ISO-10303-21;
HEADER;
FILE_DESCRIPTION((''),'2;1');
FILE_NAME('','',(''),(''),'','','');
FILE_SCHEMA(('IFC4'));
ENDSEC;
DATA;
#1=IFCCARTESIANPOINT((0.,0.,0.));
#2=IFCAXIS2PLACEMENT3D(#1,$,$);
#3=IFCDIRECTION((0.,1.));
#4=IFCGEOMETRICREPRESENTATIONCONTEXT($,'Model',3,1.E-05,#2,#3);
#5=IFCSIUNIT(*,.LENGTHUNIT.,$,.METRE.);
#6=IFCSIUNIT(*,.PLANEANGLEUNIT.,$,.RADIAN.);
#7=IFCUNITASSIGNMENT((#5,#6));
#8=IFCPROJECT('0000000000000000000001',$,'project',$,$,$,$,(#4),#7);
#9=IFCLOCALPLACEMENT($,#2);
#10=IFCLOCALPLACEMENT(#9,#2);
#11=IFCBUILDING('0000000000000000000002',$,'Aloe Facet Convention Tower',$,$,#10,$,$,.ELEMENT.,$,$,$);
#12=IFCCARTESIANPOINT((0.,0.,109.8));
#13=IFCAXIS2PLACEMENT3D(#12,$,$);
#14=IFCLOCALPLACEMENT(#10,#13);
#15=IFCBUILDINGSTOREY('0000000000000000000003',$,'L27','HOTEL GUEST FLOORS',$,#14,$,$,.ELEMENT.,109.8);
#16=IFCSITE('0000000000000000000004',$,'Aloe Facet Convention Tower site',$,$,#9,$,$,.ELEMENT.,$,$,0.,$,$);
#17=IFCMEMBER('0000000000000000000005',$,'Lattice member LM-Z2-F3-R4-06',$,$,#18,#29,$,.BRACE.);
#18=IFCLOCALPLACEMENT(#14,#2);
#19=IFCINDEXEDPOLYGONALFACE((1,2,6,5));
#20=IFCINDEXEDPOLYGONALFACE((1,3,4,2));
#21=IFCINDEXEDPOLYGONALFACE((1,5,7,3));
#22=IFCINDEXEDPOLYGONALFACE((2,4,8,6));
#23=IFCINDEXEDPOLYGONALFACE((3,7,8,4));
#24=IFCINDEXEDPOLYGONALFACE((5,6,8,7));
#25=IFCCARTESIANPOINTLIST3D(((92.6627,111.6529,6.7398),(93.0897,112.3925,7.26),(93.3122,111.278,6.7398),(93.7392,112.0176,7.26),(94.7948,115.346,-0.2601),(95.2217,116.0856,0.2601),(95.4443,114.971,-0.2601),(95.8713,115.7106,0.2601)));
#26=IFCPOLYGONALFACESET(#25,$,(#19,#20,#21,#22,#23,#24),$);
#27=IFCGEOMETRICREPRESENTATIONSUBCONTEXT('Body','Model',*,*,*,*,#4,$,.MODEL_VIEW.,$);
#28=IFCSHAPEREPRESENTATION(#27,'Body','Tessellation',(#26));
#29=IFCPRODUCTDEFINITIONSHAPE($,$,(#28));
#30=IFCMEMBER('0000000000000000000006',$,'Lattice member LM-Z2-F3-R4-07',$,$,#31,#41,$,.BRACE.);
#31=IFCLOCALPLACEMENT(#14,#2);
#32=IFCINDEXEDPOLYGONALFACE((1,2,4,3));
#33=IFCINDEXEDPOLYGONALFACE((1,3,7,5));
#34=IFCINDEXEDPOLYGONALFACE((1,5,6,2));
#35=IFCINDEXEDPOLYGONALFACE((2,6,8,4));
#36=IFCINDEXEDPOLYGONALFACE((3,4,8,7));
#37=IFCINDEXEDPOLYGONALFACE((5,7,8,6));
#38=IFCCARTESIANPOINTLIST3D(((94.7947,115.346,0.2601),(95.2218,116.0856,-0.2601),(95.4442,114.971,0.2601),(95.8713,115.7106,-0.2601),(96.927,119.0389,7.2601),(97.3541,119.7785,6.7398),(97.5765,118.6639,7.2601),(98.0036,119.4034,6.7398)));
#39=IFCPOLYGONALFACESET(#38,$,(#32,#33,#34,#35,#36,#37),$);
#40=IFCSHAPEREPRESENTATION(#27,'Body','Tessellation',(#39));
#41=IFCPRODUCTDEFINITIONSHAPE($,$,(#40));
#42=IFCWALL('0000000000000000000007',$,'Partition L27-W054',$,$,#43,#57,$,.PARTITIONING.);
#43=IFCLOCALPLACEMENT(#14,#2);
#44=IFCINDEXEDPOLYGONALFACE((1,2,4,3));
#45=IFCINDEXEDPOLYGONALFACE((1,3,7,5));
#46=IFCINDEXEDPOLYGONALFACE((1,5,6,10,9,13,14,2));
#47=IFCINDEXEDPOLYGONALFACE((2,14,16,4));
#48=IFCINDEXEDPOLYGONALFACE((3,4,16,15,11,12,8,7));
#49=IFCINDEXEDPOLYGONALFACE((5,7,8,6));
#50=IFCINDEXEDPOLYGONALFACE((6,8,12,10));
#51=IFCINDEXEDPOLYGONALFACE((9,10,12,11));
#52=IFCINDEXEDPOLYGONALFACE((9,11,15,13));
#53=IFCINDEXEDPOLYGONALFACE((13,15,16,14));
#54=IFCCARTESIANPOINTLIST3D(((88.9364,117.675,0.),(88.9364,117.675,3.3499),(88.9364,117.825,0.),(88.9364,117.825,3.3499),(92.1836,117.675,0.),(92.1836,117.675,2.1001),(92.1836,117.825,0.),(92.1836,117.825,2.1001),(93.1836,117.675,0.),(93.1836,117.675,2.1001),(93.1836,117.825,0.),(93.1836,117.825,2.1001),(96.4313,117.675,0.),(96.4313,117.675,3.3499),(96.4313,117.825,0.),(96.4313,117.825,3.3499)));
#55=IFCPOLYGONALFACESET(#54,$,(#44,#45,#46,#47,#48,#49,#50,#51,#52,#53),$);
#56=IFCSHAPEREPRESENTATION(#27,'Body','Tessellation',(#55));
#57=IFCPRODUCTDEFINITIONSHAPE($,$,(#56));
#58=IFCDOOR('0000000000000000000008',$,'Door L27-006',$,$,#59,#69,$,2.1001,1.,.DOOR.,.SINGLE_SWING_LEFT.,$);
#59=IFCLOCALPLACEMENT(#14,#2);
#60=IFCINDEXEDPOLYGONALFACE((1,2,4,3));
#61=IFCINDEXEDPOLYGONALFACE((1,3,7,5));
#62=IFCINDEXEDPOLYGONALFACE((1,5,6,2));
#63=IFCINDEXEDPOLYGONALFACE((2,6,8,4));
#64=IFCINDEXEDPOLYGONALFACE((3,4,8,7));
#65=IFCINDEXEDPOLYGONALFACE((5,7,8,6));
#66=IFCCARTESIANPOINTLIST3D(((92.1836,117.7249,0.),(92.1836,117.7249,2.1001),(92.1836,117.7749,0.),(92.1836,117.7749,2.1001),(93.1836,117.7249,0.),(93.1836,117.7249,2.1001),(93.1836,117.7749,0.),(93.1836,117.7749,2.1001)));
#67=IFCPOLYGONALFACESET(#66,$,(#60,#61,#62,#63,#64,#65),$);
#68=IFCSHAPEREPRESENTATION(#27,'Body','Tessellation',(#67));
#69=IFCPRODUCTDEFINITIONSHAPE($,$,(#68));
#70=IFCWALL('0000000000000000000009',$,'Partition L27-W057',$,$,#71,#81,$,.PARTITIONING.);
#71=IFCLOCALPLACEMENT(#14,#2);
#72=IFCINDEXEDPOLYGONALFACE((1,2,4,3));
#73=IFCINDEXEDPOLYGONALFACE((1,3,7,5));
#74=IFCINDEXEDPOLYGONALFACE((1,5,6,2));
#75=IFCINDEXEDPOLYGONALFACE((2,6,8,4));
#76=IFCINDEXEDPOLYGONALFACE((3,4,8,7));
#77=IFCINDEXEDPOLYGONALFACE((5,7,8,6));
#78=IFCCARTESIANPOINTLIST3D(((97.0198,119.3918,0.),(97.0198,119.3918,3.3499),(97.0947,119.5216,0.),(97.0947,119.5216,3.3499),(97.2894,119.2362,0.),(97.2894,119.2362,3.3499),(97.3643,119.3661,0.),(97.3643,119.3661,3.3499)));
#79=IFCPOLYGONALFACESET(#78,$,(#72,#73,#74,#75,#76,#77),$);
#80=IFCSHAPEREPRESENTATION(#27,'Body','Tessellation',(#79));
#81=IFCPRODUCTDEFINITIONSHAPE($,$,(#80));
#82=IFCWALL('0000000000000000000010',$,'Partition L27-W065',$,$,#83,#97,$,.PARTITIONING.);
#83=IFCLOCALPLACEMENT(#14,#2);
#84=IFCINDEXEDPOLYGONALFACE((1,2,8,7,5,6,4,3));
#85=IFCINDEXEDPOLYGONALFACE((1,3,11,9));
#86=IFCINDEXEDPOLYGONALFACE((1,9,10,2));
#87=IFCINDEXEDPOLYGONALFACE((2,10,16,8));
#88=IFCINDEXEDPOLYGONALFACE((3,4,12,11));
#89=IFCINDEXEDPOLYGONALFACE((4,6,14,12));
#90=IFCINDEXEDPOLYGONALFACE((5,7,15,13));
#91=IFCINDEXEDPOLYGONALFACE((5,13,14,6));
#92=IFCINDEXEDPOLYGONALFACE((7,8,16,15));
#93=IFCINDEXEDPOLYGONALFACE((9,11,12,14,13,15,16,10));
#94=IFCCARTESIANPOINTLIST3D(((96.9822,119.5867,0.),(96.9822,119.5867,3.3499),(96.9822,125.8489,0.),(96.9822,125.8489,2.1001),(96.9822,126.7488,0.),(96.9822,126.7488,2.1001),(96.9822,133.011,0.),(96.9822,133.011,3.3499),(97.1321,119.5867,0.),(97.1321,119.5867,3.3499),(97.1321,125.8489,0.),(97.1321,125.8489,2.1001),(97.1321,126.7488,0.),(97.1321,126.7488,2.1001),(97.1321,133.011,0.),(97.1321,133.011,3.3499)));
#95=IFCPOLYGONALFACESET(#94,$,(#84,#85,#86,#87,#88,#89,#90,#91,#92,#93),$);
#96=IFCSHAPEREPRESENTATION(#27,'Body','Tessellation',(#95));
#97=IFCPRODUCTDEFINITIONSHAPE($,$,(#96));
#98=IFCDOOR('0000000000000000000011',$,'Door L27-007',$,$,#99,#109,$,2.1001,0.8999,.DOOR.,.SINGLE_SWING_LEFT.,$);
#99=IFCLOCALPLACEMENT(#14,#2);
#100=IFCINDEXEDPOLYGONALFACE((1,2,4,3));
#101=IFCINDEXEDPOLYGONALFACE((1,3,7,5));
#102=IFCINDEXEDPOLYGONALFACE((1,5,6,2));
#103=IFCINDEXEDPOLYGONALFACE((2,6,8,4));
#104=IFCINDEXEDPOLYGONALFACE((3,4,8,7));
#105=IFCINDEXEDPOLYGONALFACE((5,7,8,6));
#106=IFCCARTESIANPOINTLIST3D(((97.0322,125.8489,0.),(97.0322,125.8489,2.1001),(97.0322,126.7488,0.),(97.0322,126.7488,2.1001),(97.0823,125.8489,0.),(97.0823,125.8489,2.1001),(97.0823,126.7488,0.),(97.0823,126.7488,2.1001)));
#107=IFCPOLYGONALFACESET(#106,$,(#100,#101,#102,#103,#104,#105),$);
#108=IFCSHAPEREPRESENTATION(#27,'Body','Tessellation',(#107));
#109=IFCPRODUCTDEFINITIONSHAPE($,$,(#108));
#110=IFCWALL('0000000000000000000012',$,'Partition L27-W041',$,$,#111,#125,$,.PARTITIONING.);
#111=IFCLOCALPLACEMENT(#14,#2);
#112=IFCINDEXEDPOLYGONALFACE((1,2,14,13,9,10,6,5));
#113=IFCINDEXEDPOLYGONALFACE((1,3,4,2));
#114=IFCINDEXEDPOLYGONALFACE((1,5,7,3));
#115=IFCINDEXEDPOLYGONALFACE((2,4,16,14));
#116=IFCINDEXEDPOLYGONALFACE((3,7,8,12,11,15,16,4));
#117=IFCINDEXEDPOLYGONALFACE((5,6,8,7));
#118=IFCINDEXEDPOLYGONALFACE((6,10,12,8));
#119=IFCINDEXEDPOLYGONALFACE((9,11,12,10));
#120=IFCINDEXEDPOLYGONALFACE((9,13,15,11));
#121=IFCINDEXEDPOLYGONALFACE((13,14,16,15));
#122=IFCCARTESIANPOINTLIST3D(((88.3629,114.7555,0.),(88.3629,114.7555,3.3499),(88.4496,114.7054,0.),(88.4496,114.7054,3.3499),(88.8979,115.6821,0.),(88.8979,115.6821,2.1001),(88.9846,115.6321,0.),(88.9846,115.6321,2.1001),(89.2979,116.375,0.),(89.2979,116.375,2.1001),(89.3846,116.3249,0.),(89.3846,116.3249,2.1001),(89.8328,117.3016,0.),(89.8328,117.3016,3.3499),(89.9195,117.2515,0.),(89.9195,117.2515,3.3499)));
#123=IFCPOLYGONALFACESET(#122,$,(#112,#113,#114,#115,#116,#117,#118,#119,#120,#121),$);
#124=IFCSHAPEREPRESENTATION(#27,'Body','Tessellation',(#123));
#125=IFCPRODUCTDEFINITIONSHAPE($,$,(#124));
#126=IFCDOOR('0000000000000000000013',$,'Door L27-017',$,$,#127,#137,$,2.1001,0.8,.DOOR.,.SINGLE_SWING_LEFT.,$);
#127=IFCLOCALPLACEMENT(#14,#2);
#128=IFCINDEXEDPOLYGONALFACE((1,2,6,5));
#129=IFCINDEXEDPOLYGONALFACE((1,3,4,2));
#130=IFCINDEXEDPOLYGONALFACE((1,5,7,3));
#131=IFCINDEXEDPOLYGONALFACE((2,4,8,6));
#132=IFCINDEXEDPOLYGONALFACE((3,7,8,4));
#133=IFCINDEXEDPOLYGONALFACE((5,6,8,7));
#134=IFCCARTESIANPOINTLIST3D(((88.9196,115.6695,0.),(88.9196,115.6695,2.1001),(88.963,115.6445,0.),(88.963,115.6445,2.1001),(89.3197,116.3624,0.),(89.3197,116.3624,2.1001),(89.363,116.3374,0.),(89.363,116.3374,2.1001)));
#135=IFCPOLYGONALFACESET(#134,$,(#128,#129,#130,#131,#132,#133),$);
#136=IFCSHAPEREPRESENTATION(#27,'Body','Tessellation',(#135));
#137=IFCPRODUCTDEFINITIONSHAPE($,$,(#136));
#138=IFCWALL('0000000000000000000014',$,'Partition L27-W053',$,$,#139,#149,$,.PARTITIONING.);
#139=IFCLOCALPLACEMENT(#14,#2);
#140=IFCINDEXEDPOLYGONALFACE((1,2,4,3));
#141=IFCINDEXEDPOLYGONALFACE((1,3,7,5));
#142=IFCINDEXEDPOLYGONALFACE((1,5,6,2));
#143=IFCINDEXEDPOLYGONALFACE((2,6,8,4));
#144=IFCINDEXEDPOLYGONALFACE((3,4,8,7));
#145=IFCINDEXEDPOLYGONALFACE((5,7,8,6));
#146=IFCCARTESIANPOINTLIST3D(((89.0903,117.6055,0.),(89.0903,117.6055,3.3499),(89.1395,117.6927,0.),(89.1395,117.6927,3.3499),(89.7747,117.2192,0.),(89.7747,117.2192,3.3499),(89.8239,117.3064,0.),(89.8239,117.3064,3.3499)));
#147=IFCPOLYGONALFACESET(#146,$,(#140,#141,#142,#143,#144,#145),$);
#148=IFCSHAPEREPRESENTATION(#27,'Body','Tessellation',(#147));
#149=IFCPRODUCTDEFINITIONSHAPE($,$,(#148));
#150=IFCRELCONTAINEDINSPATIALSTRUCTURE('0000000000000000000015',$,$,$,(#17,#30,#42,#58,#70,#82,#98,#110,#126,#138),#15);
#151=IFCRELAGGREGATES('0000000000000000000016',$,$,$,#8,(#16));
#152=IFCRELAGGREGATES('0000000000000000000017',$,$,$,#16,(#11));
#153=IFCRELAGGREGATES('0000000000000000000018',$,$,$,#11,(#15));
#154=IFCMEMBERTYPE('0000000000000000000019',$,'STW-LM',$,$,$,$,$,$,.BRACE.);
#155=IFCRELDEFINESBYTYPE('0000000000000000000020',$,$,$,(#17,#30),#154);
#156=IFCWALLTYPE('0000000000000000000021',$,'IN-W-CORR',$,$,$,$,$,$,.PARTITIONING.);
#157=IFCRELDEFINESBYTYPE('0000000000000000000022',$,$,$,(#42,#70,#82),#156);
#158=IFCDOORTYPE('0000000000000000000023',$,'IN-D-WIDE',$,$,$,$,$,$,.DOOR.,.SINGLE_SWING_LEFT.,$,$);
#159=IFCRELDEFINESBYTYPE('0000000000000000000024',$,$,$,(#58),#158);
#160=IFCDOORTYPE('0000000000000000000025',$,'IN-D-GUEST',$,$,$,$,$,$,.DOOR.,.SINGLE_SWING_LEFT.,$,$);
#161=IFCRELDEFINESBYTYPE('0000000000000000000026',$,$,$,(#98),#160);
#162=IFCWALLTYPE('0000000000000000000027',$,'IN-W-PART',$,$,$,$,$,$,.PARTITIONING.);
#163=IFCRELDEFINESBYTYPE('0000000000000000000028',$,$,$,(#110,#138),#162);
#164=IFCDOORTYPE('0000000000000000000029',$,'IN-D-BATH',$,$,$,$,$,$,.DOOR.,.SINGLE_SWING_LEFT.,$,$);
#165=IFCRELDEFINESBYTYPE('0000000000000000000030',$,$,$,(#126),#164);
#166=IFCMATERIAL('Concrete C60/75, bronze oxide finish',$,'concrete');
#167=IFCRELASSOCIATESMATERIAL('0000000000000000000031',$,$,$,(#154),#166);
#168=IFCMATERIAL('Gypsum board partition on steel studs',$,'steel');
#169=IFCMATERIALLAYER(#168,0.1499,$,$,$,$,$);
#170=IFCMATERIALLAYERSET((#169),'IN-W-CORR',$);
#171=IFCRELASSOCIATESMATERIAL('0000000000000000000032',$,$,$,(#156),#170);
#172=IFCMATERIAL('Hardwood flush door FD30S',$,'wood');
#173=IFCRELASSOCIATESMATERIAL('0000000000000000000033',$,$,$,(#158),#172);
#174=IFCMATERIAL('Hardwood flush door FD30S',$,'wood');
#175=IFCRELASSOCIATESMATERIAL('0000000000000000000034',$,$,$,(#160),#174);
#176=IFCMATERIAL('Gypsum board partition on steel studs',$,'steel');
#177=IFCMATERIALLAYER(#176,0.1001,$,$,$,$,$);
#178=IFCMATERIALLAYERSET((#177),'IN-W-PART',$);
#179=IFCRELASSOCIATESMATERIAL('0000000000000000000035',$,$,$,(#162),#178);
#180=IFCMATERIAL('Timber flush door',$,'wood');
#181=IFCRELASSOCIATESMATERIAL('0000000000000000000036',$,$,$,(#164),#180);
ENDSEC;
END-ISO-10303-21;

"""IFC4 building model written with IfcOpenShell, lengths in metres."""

from ifc_helpers import new_model, si_unit, direction, frame, frame_2d, origin, origin_2d, place, context, subcontext, project, spatial, rectangle, extrude, material, layer, layer_set, material_profile, profile_set, type_object, element, fill, save


model = new_model("IFC4")

# Units and contexts
model_context = context("Model", 3, precision=1e-05, world=origin(), true_north=direction((0.0, 1.0)))
body_context = subcontext(model_context, "Body", "Model", "MODEL_VIEW")
ifc_project = project(units=[si_unit("LENGTHUNIT", "METRE"), si_unit("PLANEANGLEUNIT", "RADIAN")], contexts=[model_context])

# Site, building, storey
site_placement = place(None, origin())
site = spatial("IfcSite", under=ifc_project, at=site_placement, Name="Aloe Facet Convention Tower site", CompositionType="ELEMENT", RefElevation=0.0)
building_placement = place(site_placement, origin())
building = spatial("IfcBuilding", under=site, at=building_placement, Name="Aloe Facet Convention Tower", CompositionType="ELEMENT")
storey_placement = place(building_placement, frame((0.0, 0.0, 109.8)))
storey = spatial("IfcBuildingStorey", under=building, at=storey_placement, Name="L27", Description="HOTEL GUEST FLOORS", CompositionType="ELEMENT", Elevation=109.8)

# Members
ifc_material_1 = material(Name="Concrete C60/75, bronze oxide finish", Category="concrete")
ifc_material_profile_1 = material_profile(ifc_material_1, rectangle(XDim=0.75, YDim=1.0, at=origin_2d()), Name="STW-LM")
ifc_profile_set_1 = profile_set([ifc_material_profile_1], Name="Concrete C60/75, bronze oxide finish")
member_type = type_object("IfcMemberType", Name="STW-LM", PredefinedType="BRACE", material=ifc_profile_set_1)
for number, where, z_axis, x_axis, name in (
    (1, (95.333, 115.5283, 0.0), (-0.260116, -0.450565, 0.854009), (0.86604, -0.499975, 0.0), "Lattice member LM-Z2-F3-R4-06"),
    (2, (95.333, 115.5283, 0.0), (0.260148, 0.450537, 0.854014), (-0.866001, 0.500043, 0.0), "Lattice member LM-Z2-F3-R4-07"),
):
    element("IfcMember", number, at=place(storey_placement, frame(where, z_axis=z_axis, x_axis=x_axis)), inside=storey, type_object=member_type, Name=name, PredefinedType="BRACE", context=body_context, shape_type="SweptSolid", body=[
        extrude(rectangle(XDim=0.75, YDim=1.0, at=origin_2d()), origin(), (0.0, 0.0, 1.0), 8.1965),
    ])

# Wall, opening, door
ifc_material_2 = material(Name="Gypsum board partition on steel studs", Category="steel")
ifc_layer_1 = layer(ifc_material_2, 0.1499)
ifc_layer_set_1 = layer_set([ifc_layer_1], Name="IN-W-CORR")
wall_type_1 = type_object("IfcWallType", Name="IN-W-CORR", PredefinedType="PARTITIONING", material=ifc_layer_set_1)
wall_1_placement = place(storey_placement, frame((88.9363, 117.75, 0.0), z_axis=(0.0, 0.0, 1.0), x_axis=(1.0, 0.0, 0.0)))
wall_1 = element("IfcWall", 3, at=wall_1_placement, inside=storey, type_object=wall_type_1, Name="Partition L27-W054", PredefinedType="PARTITIONING", context=body_context, shape_type="SweptSolid", body=[
    extrude(rectangle(XDim=7.4949, YDim=0.1499, at=frame_2d((3.7476, 0.0))), origin(), (0.0, 0.0, 1.0), 3.3499),
])
opening_1_placement = place(wall_1_placement, frame((3.2473, 0.0, 0.0)))
opening_1 = element("IfcOpeningElement", 4, at=opening_1_placement, cuts=wall_1, PredefinedType="OPENING", context=body_context, shape_type="SweptSolid", body=[
    extrude(rectangle(XDim=1.0, YDim=2.1001, at=frame_2d((0.5, 1.05))), frame((0.0, 0.085, 0.0), z_axis=(0.0, -1.0, 0.0), x_axis=(1.0, 0.0, 0.0)), (0.0, 0.0, 1.0), 0.1699),
])
ifc_material_3 = material(Name="Hardwood flush door FD30S", Category="wood")
door_type_1 = type_object("IfcDoorType", Name="IN-D-WIDE", OperationType="SINGLE_SWING_LEFT", PredefinedType="DOOR", material=ifc_material_3)
door_1_placement = place(opening_1_placement, origin())
door_1 = element("IfcDoor", 5, at=door_1_placement, inside=storey, type_object=door_type_1, Name="Door L27-006", OperationType="SINGLE_SWING_LEFT", OverallHeight=2.1001, OverallWidth=1.0, PredefinedType="DOOR", context=body_context, shape_type="SweptSolid", body=[
    extrude(rectangle(XDim=1.0, YDim=2.1001, at=frame_2d((0.5, 1.05))), frame((0.0, 0.0249, 0.0), z_axis=(0.0, -1.0, 0.0), x_axis=(1.0, 0.0, 0.0)), (0.0, 0.0, 1.0), 0.05),
])
fill(opening_1, door_1)

# Wall
wall_2_placement = place(storey_placement, frame((97.0571, 119.4568, 0.0), z_axis=(0.0, 0.0, 1.0), x_axis=(0.866159, -0.499768, 0.0)))
element("IfcWall", 6, at=wall_2_placement, inside=storey, type_object=wall_type_1, Name="Partition L27-W057", PredefinedType="PARTITIONING", context=body_context, shape_type="SweptSolid", body=[
    extrude(rectangle(XDim=0.3113, YDim=0.1499, at=frame_2d((0.1558, 0.0))), origin(), (0.0, 0.0, 1.0), 3.3499),
])

# Walls, openings, doors
wall_3_placement = place(storey_placement, frame((97.0571, 119.5867, 0.0), z_axis=(0.0, 0.0, 1.0), x_axis=(0.0, 1.0, 0.0)))
wall_3 = element("IfcWall", 7, at=wall_3_placement, inside=storey, type_object=wall_type_1, Name="Partition L27-W065", PredefinedType="PARTITIONING", context=body_context, shape_type="SweptSolid", body=[
    extrude(rectangle(XDim=13.4243, YDim=0.1499, at=frame_2d((6.7122, 0.0))), origin(), (0.0, 0.0, 1.0), 3.3499),
])
opening_2_placement = place(wall_3_placement, frame((6.2622, 0.0, 0.0)))
opening_2 = element("IfcOpeningElement", 8, at=opening_2_placement, cuts=wall_3, PredefinedType="OPENING", context=body_context, shape_type="SweptSolid", body=[
    extrude(rectangle(XDim=0.8999, YDim=2.1001, at=frame_2d((0.45, 1.05))), frame((0.0, 0.085, 0.0), z_axis=(0.0, -1.0, 0.0), x_axis=(1.0, 0.0, 0.0)), (0.0, 0.0, 1.0), 0.1699),
])
ifc_material_4 = material(Name="Hardwood flush door FD30S", Category="wood")
door_type_2 = type_object("IfcDoorType", Name="IN-D-GUEST", OperationType="SINGLE_SWING_LEFT", PredefinedType="DOOR", material=ifc_material_4)
door_2_placement = place(opening_2_placement, origin())
door_2 = element("IfcDoor", 9, at=door_2_placement, inside=storey, type_object=door_type_2, Name="Door L27-007", OperationType="SINGLE_SWING_LEFT", OverallHeight=2.1001, OverallWidth=0.8999, PredefinedType="DOOR", context=body_context, shape_type="SweptSolid", body=[
    extrude(rectangle(XDim=0.8999, YDim=2.1001, at=frame_2d((0.45, 1.05))), frame((0.0, 0.0249, 0.0), z_axis=(0.0, -1.0, 0.0), x_axis=(1.0, 0.0, 0.0)), (0.0, 0.0, 1.0), 0.05),
])
fill(opening_2, door_2)
ifc_material_5 = material(Name="Gypsum board partition on steel studs", Category="steel")
ifc_layer_2 = layer(ifc_material_5, 0.1001)
ifc_layer_set_2 = layer_set([ifc_layer_2], Name="IN-W-PART")
wall_type_2 = type_object("IfcWallType", Name="IN-W-PART", PredefinedType="PARTITIONING", material=ifc_layer_set_2)
wall_4_placement = place(storey_placement, frame((88.4062, 114.7305, 0.0), z_axis=(0.0, 0.0, 1.0), x_axis=(0.499988, 0.866032, 0.0)))
wall_4 = element("IfcWall", 10, at=wall_4_placement, inside=storey, type_object=wall_type_2, Name="Partition L27-W041", PredefinedType="PARTITIONING", context=body_context, shape_type="SweptSolid", body=[
    extrude(rectangle(XDim=2.9399, YDim=0.1001, at=frame_2d((1.47, 0.0))), origin(), (0.0, 0.0, 1.0), 3.3499),
])
opening_3_placement = place(wall_4_placement, frame((1.0701, 0.0, 0.0)))
opening_3 = element("IfcOpeningElement", 11, at=opening_3_placement, cuts=wall_4, PredefinedType="OPENING", context=body_context, shape_type="SweptSolid", body=[
    extrude(rectangle(XDim=0.8, YDim=2.1001, at=frame_2d((0.3999, 1.05))), frame((0.0, 0.0601, 0.0), z_axis=(0.0, -1.0, 0.0), x_axis=(1.0, 0.0, 0.0)), (0.0, 0.0, 1.0), 0.1201),
])
ifc_material_6 = material(Name="Timber flush door", Category="wood")
door_type_3 = type_object("IfcDoorType", Name="IN-D-BATH", OperationType="SINGLE_SWING_LEFT", PredefinedType="DOOR", material=ifc_material_6)
door_3_placement = place(opening_3_placement, origin())
door_3 = element("IfcDoor", 12, at=door_3_placement, inside=storey, type_object=door_type_3, Name="Door L27-017", OperationType="SINGLE_SWING_LEFT", OverallHeight=2.1001, OverallWidth=0.8, PredefinedType="DOOR", context=body_context, shape_type="SweptSolid", body=[
    extrude(rectangle(XDim=0.8, YDim=2.1001, at=frame_2d((0.3999, 1.05))), frame((0.0, 0.0249, 0.0), z_axis=(0.0, -1.0, 0.0), x_axis=(1.0, 0.0, 0.0)), (0.0, 0.0, 1.0), 0.05),
])
fill(opening_3, door_3)

# Wall
wall_5_placement = place(storey_placement, frame((89.1147, 117.6492, 0.0), z_axis=(0.0, 0.0, 1.0), x_axis=(0.870869, -0.491515, 0.0)))
element("IfcWall", 13, at=wall_5_placement, inside=storey, type_object=wall_type_2, Name="Partition L27-W053", PredefinedType="PARTITIONING", context=body_context, shape_type="SweptSolid", body=[
    extrude(rectangle(XDim=0.7859, YDim=0.1001, at=frame_2d((0.3931, 0.0))), origin(), (0.0, 0.0, 1.0), 3.3499),
])

save(model, "model.ifc")
